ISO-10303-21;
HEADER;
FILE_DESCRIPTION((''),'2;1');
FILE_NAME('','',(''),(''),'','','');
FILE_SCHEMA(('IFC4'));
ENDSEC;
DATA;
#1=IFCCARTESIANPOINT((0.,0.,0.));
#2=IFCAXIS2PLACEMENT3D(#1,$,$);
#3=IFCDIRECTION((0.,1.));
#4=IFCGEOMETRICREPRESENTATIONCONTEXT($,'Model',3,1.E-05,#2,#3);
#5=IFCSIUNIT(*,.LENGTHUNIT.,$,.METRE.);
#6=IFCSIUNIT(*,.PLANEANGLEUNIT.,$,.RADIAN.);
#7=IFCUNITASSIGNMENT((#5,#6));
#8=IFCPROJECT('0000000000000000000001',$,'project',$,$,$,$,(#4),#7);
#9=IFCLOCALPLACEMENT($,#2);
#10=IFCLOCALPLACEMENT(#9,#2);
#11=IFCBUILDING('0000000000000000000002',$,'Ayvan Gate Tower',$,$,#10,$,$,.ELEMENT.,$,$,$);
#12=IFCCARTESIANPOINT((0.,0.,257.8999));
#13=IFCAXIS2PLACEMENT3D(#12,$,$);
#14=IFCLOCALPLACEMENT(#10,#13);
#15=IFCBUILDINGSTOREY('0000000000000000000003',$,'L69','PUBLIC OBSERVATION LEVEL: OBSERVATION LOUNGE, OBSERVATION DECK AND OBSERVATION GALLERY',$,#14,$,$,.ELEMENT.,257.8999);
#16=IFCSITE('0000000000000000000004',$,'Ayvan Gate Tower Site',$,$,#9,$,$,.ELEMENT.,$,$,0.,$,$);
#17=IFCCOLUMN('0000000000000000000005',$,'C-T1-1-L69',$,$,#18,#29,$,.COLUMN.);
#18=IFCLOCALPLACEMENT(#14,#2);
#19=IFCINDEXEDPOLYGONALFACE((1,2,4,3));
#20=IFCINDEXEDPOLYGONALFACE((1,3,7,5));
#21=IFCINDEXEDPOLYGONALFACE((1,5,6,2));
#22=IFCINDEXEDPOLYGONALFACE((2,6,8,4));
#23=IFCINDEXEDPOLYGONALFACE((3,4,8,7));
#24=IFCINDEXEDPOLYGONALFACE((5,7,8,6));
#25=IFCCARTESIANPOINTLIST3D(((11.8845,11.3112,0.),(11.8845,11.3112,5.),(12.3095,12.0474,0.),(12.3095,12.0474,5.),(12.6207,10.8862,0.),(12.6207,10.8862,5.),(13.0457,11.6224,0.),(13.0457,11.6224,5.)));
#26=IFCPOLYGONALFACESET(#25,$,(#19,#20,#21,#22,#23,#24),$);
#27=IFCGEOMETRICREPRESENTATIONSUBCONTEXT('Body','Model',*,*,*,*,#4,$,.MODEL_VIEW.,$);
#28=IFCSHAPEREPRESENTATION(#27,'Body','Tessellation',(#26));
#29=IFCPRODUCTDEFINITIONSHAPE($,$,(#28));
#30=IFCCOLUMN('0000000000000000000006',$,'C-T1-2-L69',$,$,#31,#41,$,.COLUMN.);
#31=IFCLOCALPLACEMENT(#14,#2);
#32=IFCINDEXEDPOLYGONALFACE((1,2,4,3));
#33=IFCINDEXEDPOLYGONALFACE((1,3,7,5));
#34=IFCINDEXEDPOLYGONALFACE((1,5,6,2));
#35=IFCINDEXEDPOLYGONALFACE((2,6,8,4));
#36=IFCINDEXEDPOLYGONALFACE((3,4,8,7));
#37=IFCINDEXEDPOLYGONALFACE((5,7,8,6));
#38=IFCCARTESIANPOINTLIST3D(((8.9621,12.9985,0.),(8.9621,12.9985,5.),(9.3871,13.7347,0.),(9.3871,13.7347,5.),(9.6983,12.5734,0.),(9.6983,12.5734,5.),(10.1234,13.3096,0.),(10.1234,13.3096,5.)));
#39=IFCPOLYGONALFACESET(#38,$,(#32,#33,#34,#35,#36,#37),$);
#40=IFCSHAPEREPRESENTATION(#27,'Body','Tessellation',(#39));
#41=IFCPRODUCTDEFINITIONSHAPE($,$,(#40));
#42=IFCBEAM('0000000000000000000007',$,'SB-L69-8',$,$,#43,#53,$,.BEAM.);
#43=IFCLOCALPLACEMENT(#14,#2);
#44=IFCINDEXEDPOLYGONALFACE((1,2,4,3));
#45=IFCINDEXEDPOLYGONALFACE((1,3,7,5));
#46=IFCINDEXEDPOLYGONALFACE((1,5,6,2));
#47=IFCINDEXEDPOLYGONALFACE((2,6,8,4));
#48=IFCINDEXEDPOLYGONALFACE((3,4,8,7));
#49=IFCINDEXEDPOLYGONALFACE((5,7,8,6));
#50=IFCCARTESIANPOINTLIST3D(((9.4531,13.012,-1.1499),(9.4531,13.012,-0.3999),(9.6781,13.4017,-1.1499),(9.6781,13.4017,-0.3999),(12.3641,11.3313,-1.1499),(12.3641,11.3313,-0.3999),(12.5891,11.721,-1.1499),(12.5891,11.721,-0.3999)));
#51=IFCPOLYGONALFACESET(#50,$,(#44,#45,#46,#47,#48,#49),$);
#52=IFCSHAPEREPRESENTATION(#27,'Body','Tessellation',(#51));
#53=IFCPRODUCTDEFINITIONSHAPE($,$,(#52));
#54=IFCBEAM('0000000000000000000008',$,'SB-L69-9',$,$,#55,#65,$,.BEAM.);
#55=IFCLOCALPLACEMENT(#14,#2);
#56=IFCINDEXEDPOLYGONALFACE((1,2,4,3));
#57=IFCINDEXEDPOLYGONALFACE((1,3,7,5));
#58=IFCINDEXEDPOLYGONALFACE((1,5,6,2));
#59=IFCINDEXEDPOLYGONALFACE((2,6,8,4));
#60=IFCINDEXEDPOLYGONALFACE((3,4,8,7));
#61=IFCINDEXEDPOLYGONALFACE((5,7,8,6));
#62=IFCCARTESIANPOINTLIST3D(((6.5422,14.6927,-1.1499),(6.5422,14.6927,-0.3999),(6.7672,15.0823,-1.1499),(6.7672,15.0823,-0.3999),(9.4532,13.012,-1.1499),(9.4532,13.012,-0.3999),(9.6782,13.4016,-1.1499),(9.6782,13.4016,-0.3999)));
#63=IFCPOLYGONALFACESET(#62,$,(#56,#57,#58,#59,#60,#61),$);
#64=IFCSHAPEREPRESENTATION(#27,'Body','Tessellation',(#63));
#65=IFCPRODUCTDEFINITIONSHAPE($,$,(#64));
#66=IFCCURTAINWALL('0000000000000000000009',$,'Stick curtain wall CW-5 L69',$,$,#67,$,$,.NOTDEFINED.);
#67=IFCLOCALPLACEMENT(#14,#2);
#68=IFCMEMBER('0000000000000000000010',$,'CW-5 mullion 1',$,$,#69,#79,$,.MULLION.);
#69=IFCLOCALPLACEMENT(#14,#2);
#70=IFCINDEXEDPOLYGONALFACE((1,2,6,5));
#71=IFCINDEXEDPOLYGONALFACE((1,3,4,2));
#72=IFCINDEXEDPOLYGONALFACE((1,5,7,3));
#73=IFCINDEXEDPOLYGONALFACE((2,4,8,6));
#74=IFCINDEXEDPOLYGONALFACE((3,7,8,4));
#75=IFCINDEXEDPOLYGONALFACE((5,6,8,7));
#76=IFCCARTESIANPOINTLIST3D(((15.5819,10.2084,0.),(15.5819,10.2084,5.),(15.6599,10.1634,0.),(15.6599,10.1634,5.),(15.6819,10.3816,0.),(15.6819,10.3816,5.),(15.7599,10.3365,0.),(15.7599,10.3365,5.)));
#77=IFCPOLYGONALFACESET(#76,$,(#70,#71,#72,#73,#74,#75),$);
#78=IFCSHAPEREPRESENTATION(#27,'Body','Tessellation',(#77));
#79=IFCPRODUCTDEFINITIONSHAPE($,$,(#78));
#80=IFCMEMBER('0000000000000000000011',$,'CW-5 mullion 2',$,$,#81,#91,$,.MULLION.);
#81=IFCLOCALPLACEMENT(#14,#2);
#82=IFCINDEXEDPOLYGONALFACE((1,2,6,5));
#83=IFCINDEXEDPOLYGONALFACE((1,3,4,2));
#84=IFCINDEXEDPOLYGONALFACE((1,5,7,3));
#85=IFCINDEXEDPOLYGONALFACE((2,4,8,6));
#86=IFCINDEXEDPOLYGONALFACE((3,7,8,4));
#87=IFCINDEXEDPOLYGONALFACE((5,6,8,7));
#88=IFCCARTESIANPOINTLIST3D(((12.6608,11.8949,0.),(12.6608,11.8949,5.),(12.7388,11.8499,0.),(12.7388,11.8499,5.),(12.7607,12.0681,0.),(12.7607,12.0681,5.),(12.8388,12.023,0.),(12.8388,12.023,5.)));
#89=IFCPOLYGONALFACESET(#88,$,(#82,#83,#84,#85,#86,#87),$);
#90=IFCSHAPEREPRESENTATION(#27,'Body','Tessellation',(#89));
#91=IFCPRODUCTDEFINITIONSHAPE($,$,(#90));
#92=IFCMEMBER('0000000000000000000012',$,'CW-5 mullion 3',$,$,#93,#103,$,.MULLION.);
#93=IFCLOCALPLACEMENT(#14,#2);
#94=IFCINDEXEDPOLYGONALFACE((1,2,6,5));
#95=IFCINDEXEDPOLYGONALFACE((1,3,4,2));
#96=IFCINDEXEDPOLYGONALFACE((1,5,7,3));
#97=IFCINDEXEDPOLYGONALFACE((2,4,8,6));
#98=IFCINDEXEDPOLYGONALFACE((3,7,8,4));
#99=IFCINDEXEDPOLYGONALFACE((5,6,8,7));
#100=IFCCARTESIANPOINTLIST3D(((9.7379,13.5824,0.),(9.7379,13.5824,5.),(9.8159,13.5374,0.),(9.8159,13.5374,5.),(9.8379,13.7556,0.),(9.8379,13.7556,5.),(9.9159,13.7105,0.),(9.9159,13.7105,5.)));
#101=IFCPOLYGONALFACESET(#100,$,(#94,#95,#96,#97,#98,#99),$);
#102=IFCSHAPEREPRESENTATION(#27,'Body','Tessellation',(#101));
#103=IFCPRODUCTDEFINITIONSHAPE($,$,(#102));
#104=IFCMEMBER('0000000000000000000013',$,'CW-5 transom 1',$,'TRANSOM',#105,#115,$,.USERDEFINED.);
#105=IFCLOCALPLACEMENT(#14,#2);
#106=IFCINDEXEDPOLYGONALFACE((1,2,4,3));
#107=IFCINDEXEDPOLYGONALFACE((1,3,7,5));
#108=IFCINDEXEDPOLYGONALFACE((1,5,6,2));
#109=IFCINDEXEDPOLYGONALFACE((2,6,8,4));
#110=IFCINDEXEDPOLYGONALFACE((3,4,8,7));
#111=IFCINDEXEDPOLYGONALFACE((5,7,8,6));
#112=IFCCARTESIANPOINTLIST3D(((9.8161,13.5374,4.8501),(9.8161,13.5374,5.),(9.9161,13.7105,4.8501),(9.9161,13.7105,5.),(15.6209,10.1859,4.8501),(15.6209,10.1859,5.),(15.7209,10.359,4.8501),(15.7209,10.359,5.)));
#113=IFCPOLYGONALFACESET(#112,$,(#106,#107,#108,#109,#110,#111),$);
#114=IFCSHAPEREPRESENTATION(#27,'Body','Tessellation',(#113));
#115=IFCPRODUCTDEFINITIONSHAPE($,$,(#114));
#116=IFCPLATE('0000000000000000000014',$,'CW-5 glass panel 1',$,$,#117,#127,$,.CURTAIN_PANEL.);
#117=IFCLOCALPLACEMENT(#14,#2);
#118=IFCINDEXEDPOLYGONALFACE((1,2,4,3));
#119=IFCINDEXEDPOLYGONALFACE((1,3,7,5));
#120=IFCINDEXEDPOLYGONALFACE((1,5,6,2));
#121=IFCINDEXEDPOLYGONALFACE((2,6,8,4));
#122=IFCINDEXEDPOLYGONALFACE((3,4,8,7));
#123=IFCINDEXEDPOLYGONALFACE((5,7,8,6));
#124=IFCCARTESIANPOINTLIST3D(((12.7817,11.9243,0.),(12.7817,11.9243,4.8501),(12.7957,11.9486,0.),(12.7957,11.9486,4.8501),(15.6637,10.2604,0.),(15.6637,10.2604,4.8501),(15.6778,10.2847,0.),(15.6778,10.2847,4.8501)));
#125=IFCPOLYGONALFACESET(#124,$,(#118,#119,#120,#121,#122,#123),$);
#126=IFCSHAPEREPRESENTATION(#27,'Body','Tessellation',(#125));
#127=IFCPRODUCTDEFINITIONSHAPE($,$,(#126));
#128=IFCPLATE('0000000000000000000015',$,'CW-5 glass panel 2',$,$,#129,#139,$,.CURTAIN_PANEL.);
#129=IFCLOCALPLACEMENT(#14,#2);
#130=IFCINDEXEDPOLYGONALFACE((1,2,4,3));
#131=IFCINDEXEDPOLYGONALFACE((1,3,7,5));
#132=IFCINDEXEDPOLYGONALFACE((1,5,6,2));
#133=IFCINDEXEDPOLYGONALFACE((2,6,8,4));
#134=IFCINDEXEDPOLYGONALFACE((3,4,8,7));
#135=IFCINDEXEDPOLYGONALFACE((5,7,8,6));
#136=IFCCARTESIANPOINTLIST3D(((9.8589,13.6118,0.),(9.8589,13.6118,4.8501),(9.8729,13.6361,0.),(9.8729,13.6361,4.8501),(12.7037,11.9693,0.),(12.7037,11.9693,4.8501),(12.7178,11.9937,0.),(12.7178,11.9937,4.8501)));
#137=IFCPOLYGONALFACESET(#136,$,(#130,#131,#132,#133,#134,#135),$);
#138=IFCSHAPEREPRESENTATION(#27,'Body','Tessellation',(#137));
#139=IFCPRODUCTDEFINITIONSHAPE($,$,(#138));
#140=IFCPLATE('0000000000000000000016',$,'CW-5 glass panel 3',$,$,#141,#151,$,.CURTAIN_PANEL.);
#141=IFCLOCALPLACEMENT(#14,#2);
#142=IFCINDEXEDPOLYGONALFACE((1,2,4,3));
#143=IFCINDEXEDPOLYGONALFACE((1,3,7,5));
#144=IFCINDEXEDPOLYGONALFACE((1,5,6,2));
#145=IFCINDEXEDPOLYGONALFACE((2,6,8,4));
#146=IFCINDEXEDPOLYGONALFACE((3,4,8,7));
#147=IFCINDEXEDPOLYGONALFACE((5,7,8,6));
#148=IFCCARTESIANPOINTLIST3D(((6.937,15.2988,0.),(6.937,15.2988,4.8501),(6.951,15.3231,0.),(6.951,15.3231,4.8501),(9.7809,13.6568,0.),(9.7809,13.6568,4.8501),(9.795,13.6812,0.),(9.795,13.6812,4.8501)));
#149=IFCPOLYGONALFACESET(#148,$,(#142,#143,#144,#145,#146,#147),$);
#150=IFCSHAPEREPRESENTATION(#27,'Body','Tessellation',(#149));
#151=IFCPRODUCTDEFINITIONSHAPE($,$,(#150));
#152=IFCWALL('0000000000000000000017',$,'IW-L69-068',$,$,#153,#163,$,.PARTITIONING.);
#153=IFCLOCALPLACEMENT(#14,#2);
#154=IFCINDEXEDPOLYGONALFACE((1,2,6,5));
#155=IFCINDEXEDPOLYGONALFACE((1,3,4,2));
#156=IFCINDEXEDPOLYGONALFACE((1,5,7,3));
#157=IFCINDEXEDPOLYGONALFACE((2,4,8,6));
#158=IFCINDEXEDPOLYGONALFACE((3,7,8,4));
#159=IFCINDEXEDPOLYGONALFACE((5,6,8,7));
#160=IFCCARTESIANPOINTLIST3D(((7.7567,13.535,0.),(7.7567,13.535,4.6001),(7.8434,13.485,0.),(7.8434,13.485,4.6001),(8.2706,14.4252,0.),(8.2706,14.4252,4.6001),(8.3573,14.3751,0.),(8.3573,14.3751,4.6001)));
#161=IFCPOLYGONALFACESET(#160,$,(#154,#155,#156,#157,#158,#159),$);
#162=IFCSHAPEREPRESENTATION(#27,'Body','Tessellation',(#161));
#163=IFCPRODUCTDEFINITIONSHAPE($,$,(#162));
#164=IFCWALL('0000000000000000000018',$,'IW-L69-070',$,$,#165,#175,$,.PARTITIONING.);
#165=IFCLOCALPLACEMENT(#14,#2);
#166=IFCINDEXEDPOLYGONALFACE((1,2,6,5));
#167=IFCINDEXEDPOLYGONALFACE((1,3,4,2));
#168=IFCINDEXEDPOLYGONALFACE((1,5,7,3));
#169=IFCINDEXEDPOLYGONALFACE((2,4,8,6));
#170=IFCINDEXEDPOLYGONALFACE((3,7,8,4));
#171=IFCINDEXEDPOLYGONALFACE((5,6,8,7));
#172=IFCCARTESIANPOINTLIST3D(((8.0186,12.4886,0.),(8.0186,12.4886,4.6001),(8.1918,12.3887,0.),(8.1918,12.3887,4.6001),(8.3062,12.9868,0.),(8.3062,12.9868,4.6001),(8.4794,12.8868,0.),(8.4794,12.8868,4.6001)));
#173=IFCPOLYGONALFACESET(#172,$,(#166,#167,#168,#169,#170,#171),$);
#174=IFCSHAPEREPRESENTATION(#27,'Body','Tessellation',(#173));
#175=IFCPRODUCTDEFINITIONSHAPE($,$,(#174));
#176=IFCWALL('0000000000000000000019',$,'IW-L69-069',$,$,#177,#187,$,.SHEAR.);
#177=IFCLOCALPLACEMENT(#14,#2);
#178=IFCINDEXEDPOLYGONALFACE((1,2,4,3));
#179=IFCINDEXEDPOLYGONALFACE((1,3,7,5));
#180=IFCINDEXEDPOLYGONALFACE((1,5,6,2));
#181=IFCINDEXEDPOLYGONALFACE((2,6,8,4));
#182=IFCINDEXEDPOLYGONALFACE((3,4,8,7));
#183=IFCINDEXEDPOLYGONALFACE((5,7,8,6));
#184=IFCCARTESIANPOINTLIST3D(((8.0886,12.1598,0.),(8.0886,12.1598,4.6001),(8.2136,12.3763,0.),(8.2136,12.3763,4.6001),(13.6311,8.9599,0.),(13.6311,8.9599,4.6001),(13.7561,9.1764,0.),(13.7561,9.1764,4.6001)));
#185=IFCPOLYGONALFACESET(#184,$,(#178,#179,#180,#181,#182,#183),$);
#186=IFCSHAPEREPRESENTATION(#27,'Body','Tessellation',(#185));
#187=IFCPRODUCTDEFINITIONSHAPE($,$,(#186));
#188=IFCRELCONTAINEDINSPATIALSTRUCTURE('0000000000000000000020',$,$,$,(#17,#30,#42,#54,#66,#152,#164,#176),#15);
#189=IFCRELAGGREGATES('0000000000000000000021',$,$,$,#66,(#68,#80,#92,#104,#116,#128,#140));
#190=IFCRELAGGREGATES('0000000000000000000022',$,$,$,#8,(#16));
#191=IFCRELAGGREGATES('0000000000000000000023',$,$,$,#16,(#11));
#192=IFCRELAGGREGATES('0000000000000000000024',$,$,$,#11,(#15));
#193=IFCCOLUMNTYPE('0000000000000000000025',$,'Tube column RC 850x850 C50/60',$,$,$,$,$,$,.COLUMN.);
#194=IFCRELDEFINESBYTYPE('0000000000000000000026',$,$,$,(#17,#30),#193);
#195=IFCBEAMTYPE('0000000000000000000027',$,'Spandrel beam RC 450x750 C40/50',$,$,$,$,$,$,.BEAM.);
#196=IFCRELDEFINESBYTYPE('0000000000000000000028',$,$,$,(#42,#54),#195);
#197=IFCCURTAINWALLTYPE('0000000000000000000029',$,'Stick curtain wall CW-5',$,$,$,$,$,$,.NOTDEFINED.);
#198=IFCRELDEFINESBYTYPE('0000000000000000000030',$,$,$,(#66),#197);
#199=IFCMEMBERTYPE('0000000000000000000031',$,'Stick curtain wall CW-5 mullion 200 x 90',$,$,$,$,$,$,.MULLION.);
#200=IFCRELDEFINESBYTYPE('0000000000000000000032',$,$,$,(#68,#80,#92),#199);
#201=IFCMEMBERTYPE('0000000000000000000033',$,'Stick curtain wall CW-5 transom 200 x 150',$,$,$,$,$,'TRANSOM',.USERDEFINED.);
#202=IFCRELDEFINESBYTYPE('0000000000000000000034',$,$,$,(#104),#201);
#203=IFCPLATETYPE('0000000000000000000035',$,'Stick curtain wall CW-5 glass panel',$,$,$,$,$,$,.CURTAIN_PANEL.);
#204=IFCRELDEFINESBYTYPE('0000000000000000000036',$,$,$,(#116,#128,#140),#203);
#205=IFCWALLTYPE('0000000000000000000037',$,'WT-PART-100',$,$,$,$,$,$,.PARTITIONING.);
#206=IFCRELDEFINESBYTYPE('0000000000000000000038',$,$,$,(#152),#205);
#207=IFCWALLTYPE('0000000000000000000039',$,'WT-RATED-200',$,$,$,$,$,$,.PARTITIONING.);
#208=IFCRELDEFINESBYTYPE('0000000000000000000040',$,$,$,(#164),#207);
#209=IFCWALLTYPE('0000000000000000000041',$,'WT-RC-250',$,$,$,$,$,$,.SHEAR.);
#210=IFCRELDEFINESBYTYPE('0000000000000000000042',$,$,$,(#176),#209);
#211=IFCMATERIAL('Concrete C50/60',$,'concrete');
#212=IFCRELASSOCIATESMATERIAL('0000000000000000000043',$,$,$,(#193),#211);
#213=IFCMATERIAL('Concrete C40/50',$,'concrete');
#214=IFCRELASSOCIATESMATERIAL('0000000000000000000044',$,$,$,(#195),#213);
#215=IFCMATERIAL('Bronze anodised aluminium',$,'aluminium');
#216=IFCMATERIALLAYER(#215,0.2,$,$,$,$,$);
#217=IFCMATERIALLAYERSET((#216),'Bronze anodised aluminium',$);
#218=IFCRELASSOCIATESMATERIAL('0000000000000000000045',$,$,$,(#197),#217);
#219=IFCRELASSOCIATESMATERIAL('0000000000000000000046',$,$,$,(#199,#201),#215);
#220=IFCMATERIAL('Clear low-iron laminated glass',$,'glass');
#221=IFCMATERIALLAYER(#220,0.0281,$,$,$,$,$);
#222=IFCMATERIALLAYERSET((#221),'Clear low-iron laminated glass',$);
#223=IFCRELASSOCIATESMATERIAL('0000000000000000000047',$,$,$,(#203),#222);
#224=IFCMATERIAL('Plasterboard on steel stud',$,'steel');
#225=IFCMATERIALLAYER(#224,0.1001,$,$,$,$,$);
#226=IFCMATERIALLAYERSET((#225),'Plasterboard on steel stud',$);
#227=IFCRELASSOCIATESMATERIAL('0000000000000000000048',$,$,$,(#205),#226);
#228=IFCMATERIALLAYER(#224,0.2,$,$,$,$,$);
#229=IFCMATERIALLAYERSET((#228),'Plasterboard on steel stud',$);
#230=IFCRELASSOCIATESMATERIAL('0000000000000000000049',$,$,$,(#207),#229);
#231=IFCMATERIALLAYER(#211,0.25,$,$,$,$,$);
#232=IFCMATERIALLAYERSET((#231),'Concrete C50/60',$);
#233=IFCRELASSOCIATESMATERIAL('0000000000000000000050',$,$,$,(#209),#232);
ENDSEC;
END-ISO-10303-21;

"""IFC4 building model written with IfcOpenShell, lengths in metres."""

from ifc_helpers import new_model, si_unit, direction, frame, frame_2d, origin, origin_2d, place, context, subcontext, project, spatial, rectangle, extrude, material, layer, layer_set, material_profile, profile_set, type_object, element, aggregate, save


model = new_model("IFC4")

# Units and contexts
model_context = context("Model", 3, precision=1e-05, world=origin(), true_north=direction((0.0, 1.0)))
body_context = subcontext(model_context, "Body", "Model", "MODEL_VIEW")
ifc_project = project(units=[si_unit("LENGTHUNIT", "METRE"), si_unit("PLANEANGLEUNIT", "RADIAN")], contexts=[model_context])

# Site, building, storey
site_placement = place(None, origin())
site = spatial("IfcSite", under=ifc_project, at=site_placement, Name="Ayvan Gate Tower Site", CompositionType="ELEMENT", RefElevation=0.0)
building_placement = place(site_placement, origin())
building = spatial("IfcBuilding", under=site, at=building_placement, Name="Ayvan Gate Tower", CompositionType="ELEMENT")
storey_placement = place(building_placement, frame((0.0, 0.0, 257.8999)))
storey = spatial("IfcBuildingStorey", under=building, at=storey_placement, Name="L69", Description="PUBLIC OBSERVATION LEVEL: OBSERVATION LOUNGE, OBSERVATION DECK AND OBSERVATION GALLERY", CompositionType="ELEMENT", Elevation=257.8999)

# Columns
ifc_material_1 = material(Name="Concrete C50/60", Category="concrete")
ifc_material_profile_1 = material_profile(ifc_material_1, rectangle(XDim=0.8501, YDim=0.8501, at=origin_2d()), Name="RC 850x850")
ifc_profile_set_1 = profile_set([ifc_material_profile_1], Name="Concrete C50/60")
column_type = type_object("IfcColumnType", Name="Tube column RC 850x850 C50/60", PredefinedType="COLUMN", material=ifc_profile_set_1)
for number, where, z_axis, x_axis, name in (
    (1, (12.4651, 11.4668, 0.0), (0.0, 0.0, 1.0), (0.5, 0.866025, 0.0), "C-T1-1-L69"),
    (2, (9.5427, 13.1541, 0.0), (0.0, 0.0, 1.0), (0.5, 0.866025, 0.0), "C-T1-2-L69"),
):
    element("IfcColumn", number, at=place(storey_placement, frame(where, z_axis=z_axis, x_axis=x_axis)), inside=storey, type_object=column_type, Name=name, PredefinedType="COLUMN", context=body_context, shape_type="SweptSolid", body=[
        extrude(rectangle(XDim=0.8501, YDim=0.8501, at=origin_2d()), origin(), (0.0, 0.0, 1.0), 5.0),
    ])

# Beams
ifc_material_2 = material(Name="Concrete C40/50", Category="concrete")
ifc_material_profile_2 = material_profile(ifc_material_2, rectangle(XDim=0.45, YDim=0.75, at=origin_2d()), Name="RC 450x750")
ifc_profile_set_2 = profile_set([ifc_material_profile_2], Name="Concrete C40/50")
beam_type = type_object("IfcBeamType", Name="Spandrel beam RC 450x750 C40/50", PredefinedType="BEAM", material=ifc_profile_set_2)
for number, where, z_axis, x_axis, name in (
    (3, (12.4766, 11.5261, -0.7749), (-0.866017, 0.500014, 0.0), (-0.500014, -0.866017, 0.0), "SB-L69-8"),
    (4, (9.5657, 13.2068, -0.7749), (-0.866017, 0.500014, 0.0), (-0.500014, -0.866017, 0.0), "SB-L69-9"),
):
    element("IfcBeam", number, at=place(storey_placement, frame(where, z_axis=z_axis, x_axis=x_axis)), inside=storey, type_object=beam_type, Name=name, PredefinedType="BEAM", context=body_context, shape_type="SweptSolid", body=[
        extrude(rectangle(XDim=0.45, YDim=0.75, at=origin_2d()), origin(), (0.0, 0.0, 1.0), 3.3613),
    ])

# Curtain wall, members, plates
ifc_material_3 = material(Name="Bronze anodised aluminium", Category="aluminium")
ifc_layer_1 = layer(ifc_material_3, 0.2)
ifc_layer_set_1 = layer_set([ifc_layer_1], Name="Bronze anodised aluminium")
curtain_wall_type = type_object("IfcCurtainWallType", Name="Stick curtain wall CW-5", PredefinedType="NOTDEFINED", material=ifc_layer_set_1)
curtain_wall_placement = place(storey_placement, origin())
curtain_wall = element("IfcCurtainWall", 5, at=curtain_wall_placement, inside=storey, type_object=curtain_wall_type, Name="Stick curtain wall CW-5 L69", PredefinedType="NOTDEFINED")
ifc_material_profile_3 = material_profile(ifc_material_3, rectangle(XDim=0.2, YDim=0.0901, at=origin_2d()), Name="Stick curtain wall CW-5 mullion 200 x 90")
ifc_profile_set_3 = profile_set([ifc_material_profile_3], Name="Bronze anodised aluminium")
member_type_1 = type_object("IfcMemberType", Name="Stick curtain wall CW-5 mullion 200 x 90", PredefinedType="MULLION", material=ifc_profile_set_3)
member_1_placement = place(storey_placement, frame((15.6709, 10.2725, 0.0), z_axis=(0.0, 0.0, 1.0), x_axis=(0.5, 0.866025, 0.0)))
member_1 = element("IfcMember", 6, at=member_1_placement, type_object=member_type_1, Name="CW-5 mullion 1", PredefinedType="MULLION", context=body_context, shape_type="SweptSolid", body=[
    extrude(rectangle(XDim=0.2, YDim=0.0901, at=origin_2d()), origin(), (0.0, 0.0, 1.0), 5.0),
])
member_2_placement = place(storey_placement, frame((12.7498, 11.959, 0.0), z_axis=(0.0, 0.0, 1.0), x_axis=(0.5, 0.866025, 0.0)))
member_2 = element("IfcMember", 7, at=member_2_placement, type_object=member_type_1, Name="CW-5 mullion 2", PredefinedType="MULLION", context=body_context, shape_type="SweptSolid", body=[
    extrude(rectangle(XDim=0.2, YDim=0.0901, at=origin_2d()), origin(), (0.0, 0.0, 1.0), 5.0),
])
member_3_placement = place(storey_placement, frame((9.8269, 13.6465, 0.0), z_axis=(0.0, 0.0, 1.0), x_axis=(0.5, 0.866025, 0.0)))
member_3 = element("IfcMember", 8, at=member_3_placement, type_object=member_type_1, Name="CW-5 mullion 3", PredefinedType="MULLION", context=body_context, shape_type="SweptSolid", body=[
    extrude(rectangle(XDim=0.2, YDim=0.0901, at=origin_2d()), origin(), (0.0, 0.0, 1.0), 5.0),
])
ifc_material_profile_4 = material_profile(ifc_material_3, rectangle(XDim=0.2, YDim=0.1499, at=origin_2d()), Name="Stick curtain wall CW-5 transom 200 x 150")
ifc_profile_set_4 = profile_set([ifc_material_profile_4], Name="Bronze anodised aluminium")
member_type_2 = type_object("IfcMemberType", Name="Stick curtain wall CW-5 transom 200 x 150", ElementType="TRANSOM", PredefinedType="USERDEFINED", material=ifc_profile_set_4)
member_4_placement = place(storey_placement, frame((15.6709, 10.2725, 4.925), z_axis=(-0.86602, 0.500009, 0.0), x_axis=(-0.500009, -0.86602, 0.0)))
member_4 = element("IfcMember", 9, at=member_4_placement, type_object=member_type_2, Name="CW-5 transom 1", ObjectType="TRANSOM", PredefinedType="USERDEFINED", context=body_context, shape_type="SweptSolid", body=[
    extrude(rectangle(XDim=0.2, YDim=0.1499, at=origin_2d()), origin(), (0.0, 0.0, 1.0), 6.7029),
])
ifc_material_4 = material(Name="Clear low-iron laminated glass", Category="glass")
ifc_layer_2 = layer(ifc_material_4, 0.0281)
ifc_layer_set_2 = layer_set([ifc_layer_2], Name="Clear low-iron laminated glass")
plate_type = type_object("IfcPlateType", Name="Stick curtain wall CW-5 glass panel", PredefinedType="CURTAIN_PANEL", material=ifc_layer_set_2)
plate_1_placement = place(storey_placement, frame((14.2297, 11.1045, 0.0), z_axis=(0.0, 0.0, 1.0), x_axis=(-0.866025, 0.5, 0.0)))
plate_1 = element("IfcPlate", 10, at=plate_1_placement, type_object=plate_type, Name="CW-5 glass panel 1", PredefinedType="CURTAIN_PANEL", context=body_context, shape_type="SweptSolid", body=[
    extrude(rectangle(XDim=3.3279, YDim=0.0281, at=origin_2d()), origin(), (0.0, 0.0, 1.0), 4.8501),
])
plate_2_placement = place(storey_placement, frame((11.2883, 12.8027, 0.0), z_axis=(0.0, 0.0, 1.0), x_axis=(-0.866025, 0.5, 0.0)))
plate_2 = element("IfcPlate", 11, at=plate_2_placement, type_object=plate_type, Name="CW-5 glass panel 2", PredefinedType="CURTAIN_PANEL", context=body_context, shape_type="SweptSolid", body=[
    extrude(rectangle(XDim=3.2849, YDim=0.0281, at=origin_2d()), origin(), (0.0, 0.0, 1.0), 4.8501),
])
plate_3_placement = place(storey_placement, frame((8.366, 14.49, 0.0), z_axis=(0.0, 0.0, 1.0), x_axis=(-0.866025, 0.5, 0.0)))
plate_3 = element("IfcPlate", 12, at=plate_3_placement, type_object=plate_type, Name="CW-5 glass panel 3", PredefinedType="CURTAIN_PANEL", context=body_context, shape_type="SweptSolid", body=[
    extrude(rectangle(XDim=3.2839, YDim=0.0281, at=origin_2d()), origin(), (0.0, 0.0, 1.0), 4.8501),
])
aggregate(curtain_wall, [member_1, member_2, member_3, member_4, plate_1, plate_2, plate_3])

# Walls
ifc_material_5 = material(Name="Plasterboard on steel stud", Category="steel")
ifc_layer_3 = layer(ifc_material_5, 0.1001)
ifc_layer_set_3 = layer_set([ifc_layer_3], Name="Plasterboard on steel stud")
wall_type_1 = type_object("IfcWallType", Name="WT-PART-100", PredefinedType="PARTITIONING", material=ifc_layer_set_3)
wall_1_placement = place(storey_placement, frame((7.8, 13.51, 0.0), z_axis=(0.0, 0.0, 1.0), x_axis=(0.499997, 0.866027, 0.0)))
element("IfcWall", 13, at=wall_1_placement, inside=storey, type_object=wall_type_1, Name="IW-L69-068", PredefinedType="PARTITIONING", context=body_context, shape_type="SweptSolid", body=[
    extrude(rectangle(XDim=1.0278, YDim=0.1001, at=frame_2d((0.5139, 0.0))), origin(), (0.0, 0.0, 1.0), 4.6001),
])
ifc_layer_4 = layer(ifc_material_5, 0.2)
ifc_layer_set_4 = layer_set([ifc_layer_4], Name="Plasterboard on steel stud")
wall_type_2 = type_object("IfcWallType", Name="WT-RATED-200", PredefinedType="PARTITIONING", material=ifc_layer_set_4)
wall_2_placement = place(storey_placement, frame((8.3928, 12.9368, 0.0), z_axis=(0.0, 0.0, 1.0), x_axis=(-0.500065, -0.865988, 0.0)))
element("IfcWall", 14, at=wall_2_placement, inside=storey, type_object=wall_type_2, Name="IW-L69-070", PredefinedType="PARTITIONING", context=body_context, shape_type="SweptSolid", body=[
    extrude(rectangle(XDim=0.5752, YDim=0.2, at=frame_2d((0.2876, 0.0))), origin(), (0.0, 0.0, 1.0), 4.6001),
])
ifc_layer_5 = layer(ifc_material_1, 0.25)
ifc_layer_set_5 = layer_set([ifc_layer_5], Name="Concrete C50/60")
wall_type_3 = type_object("IfcWallType", Name="WT-RC-250", PredefinedType="SHEAR", material=ifc_layer_set_5)
wall_3_placement = place(storey_placement, frame((8.1511, 12.2681, 0.0), z_axis=(0.0, 0.0, 1.0), x_axis=(0.866025, -0.5, 0.0)))
element("IfcWall", 15, at=wall_3_placement, inside=storey, type_object=wall_type_3, Name="IW-L69-069", PredefinedType="SHEAR", context=body_context, shape_type="SweptSolid", body=[
    extrude(rectangle(XDim=6.3999, YDim=0.25, at=frame_2d((3.2, 0.0))), origin(), (0.0, 0.0, 1.0), 4.6001),
])

save(model, "model.ifc")
